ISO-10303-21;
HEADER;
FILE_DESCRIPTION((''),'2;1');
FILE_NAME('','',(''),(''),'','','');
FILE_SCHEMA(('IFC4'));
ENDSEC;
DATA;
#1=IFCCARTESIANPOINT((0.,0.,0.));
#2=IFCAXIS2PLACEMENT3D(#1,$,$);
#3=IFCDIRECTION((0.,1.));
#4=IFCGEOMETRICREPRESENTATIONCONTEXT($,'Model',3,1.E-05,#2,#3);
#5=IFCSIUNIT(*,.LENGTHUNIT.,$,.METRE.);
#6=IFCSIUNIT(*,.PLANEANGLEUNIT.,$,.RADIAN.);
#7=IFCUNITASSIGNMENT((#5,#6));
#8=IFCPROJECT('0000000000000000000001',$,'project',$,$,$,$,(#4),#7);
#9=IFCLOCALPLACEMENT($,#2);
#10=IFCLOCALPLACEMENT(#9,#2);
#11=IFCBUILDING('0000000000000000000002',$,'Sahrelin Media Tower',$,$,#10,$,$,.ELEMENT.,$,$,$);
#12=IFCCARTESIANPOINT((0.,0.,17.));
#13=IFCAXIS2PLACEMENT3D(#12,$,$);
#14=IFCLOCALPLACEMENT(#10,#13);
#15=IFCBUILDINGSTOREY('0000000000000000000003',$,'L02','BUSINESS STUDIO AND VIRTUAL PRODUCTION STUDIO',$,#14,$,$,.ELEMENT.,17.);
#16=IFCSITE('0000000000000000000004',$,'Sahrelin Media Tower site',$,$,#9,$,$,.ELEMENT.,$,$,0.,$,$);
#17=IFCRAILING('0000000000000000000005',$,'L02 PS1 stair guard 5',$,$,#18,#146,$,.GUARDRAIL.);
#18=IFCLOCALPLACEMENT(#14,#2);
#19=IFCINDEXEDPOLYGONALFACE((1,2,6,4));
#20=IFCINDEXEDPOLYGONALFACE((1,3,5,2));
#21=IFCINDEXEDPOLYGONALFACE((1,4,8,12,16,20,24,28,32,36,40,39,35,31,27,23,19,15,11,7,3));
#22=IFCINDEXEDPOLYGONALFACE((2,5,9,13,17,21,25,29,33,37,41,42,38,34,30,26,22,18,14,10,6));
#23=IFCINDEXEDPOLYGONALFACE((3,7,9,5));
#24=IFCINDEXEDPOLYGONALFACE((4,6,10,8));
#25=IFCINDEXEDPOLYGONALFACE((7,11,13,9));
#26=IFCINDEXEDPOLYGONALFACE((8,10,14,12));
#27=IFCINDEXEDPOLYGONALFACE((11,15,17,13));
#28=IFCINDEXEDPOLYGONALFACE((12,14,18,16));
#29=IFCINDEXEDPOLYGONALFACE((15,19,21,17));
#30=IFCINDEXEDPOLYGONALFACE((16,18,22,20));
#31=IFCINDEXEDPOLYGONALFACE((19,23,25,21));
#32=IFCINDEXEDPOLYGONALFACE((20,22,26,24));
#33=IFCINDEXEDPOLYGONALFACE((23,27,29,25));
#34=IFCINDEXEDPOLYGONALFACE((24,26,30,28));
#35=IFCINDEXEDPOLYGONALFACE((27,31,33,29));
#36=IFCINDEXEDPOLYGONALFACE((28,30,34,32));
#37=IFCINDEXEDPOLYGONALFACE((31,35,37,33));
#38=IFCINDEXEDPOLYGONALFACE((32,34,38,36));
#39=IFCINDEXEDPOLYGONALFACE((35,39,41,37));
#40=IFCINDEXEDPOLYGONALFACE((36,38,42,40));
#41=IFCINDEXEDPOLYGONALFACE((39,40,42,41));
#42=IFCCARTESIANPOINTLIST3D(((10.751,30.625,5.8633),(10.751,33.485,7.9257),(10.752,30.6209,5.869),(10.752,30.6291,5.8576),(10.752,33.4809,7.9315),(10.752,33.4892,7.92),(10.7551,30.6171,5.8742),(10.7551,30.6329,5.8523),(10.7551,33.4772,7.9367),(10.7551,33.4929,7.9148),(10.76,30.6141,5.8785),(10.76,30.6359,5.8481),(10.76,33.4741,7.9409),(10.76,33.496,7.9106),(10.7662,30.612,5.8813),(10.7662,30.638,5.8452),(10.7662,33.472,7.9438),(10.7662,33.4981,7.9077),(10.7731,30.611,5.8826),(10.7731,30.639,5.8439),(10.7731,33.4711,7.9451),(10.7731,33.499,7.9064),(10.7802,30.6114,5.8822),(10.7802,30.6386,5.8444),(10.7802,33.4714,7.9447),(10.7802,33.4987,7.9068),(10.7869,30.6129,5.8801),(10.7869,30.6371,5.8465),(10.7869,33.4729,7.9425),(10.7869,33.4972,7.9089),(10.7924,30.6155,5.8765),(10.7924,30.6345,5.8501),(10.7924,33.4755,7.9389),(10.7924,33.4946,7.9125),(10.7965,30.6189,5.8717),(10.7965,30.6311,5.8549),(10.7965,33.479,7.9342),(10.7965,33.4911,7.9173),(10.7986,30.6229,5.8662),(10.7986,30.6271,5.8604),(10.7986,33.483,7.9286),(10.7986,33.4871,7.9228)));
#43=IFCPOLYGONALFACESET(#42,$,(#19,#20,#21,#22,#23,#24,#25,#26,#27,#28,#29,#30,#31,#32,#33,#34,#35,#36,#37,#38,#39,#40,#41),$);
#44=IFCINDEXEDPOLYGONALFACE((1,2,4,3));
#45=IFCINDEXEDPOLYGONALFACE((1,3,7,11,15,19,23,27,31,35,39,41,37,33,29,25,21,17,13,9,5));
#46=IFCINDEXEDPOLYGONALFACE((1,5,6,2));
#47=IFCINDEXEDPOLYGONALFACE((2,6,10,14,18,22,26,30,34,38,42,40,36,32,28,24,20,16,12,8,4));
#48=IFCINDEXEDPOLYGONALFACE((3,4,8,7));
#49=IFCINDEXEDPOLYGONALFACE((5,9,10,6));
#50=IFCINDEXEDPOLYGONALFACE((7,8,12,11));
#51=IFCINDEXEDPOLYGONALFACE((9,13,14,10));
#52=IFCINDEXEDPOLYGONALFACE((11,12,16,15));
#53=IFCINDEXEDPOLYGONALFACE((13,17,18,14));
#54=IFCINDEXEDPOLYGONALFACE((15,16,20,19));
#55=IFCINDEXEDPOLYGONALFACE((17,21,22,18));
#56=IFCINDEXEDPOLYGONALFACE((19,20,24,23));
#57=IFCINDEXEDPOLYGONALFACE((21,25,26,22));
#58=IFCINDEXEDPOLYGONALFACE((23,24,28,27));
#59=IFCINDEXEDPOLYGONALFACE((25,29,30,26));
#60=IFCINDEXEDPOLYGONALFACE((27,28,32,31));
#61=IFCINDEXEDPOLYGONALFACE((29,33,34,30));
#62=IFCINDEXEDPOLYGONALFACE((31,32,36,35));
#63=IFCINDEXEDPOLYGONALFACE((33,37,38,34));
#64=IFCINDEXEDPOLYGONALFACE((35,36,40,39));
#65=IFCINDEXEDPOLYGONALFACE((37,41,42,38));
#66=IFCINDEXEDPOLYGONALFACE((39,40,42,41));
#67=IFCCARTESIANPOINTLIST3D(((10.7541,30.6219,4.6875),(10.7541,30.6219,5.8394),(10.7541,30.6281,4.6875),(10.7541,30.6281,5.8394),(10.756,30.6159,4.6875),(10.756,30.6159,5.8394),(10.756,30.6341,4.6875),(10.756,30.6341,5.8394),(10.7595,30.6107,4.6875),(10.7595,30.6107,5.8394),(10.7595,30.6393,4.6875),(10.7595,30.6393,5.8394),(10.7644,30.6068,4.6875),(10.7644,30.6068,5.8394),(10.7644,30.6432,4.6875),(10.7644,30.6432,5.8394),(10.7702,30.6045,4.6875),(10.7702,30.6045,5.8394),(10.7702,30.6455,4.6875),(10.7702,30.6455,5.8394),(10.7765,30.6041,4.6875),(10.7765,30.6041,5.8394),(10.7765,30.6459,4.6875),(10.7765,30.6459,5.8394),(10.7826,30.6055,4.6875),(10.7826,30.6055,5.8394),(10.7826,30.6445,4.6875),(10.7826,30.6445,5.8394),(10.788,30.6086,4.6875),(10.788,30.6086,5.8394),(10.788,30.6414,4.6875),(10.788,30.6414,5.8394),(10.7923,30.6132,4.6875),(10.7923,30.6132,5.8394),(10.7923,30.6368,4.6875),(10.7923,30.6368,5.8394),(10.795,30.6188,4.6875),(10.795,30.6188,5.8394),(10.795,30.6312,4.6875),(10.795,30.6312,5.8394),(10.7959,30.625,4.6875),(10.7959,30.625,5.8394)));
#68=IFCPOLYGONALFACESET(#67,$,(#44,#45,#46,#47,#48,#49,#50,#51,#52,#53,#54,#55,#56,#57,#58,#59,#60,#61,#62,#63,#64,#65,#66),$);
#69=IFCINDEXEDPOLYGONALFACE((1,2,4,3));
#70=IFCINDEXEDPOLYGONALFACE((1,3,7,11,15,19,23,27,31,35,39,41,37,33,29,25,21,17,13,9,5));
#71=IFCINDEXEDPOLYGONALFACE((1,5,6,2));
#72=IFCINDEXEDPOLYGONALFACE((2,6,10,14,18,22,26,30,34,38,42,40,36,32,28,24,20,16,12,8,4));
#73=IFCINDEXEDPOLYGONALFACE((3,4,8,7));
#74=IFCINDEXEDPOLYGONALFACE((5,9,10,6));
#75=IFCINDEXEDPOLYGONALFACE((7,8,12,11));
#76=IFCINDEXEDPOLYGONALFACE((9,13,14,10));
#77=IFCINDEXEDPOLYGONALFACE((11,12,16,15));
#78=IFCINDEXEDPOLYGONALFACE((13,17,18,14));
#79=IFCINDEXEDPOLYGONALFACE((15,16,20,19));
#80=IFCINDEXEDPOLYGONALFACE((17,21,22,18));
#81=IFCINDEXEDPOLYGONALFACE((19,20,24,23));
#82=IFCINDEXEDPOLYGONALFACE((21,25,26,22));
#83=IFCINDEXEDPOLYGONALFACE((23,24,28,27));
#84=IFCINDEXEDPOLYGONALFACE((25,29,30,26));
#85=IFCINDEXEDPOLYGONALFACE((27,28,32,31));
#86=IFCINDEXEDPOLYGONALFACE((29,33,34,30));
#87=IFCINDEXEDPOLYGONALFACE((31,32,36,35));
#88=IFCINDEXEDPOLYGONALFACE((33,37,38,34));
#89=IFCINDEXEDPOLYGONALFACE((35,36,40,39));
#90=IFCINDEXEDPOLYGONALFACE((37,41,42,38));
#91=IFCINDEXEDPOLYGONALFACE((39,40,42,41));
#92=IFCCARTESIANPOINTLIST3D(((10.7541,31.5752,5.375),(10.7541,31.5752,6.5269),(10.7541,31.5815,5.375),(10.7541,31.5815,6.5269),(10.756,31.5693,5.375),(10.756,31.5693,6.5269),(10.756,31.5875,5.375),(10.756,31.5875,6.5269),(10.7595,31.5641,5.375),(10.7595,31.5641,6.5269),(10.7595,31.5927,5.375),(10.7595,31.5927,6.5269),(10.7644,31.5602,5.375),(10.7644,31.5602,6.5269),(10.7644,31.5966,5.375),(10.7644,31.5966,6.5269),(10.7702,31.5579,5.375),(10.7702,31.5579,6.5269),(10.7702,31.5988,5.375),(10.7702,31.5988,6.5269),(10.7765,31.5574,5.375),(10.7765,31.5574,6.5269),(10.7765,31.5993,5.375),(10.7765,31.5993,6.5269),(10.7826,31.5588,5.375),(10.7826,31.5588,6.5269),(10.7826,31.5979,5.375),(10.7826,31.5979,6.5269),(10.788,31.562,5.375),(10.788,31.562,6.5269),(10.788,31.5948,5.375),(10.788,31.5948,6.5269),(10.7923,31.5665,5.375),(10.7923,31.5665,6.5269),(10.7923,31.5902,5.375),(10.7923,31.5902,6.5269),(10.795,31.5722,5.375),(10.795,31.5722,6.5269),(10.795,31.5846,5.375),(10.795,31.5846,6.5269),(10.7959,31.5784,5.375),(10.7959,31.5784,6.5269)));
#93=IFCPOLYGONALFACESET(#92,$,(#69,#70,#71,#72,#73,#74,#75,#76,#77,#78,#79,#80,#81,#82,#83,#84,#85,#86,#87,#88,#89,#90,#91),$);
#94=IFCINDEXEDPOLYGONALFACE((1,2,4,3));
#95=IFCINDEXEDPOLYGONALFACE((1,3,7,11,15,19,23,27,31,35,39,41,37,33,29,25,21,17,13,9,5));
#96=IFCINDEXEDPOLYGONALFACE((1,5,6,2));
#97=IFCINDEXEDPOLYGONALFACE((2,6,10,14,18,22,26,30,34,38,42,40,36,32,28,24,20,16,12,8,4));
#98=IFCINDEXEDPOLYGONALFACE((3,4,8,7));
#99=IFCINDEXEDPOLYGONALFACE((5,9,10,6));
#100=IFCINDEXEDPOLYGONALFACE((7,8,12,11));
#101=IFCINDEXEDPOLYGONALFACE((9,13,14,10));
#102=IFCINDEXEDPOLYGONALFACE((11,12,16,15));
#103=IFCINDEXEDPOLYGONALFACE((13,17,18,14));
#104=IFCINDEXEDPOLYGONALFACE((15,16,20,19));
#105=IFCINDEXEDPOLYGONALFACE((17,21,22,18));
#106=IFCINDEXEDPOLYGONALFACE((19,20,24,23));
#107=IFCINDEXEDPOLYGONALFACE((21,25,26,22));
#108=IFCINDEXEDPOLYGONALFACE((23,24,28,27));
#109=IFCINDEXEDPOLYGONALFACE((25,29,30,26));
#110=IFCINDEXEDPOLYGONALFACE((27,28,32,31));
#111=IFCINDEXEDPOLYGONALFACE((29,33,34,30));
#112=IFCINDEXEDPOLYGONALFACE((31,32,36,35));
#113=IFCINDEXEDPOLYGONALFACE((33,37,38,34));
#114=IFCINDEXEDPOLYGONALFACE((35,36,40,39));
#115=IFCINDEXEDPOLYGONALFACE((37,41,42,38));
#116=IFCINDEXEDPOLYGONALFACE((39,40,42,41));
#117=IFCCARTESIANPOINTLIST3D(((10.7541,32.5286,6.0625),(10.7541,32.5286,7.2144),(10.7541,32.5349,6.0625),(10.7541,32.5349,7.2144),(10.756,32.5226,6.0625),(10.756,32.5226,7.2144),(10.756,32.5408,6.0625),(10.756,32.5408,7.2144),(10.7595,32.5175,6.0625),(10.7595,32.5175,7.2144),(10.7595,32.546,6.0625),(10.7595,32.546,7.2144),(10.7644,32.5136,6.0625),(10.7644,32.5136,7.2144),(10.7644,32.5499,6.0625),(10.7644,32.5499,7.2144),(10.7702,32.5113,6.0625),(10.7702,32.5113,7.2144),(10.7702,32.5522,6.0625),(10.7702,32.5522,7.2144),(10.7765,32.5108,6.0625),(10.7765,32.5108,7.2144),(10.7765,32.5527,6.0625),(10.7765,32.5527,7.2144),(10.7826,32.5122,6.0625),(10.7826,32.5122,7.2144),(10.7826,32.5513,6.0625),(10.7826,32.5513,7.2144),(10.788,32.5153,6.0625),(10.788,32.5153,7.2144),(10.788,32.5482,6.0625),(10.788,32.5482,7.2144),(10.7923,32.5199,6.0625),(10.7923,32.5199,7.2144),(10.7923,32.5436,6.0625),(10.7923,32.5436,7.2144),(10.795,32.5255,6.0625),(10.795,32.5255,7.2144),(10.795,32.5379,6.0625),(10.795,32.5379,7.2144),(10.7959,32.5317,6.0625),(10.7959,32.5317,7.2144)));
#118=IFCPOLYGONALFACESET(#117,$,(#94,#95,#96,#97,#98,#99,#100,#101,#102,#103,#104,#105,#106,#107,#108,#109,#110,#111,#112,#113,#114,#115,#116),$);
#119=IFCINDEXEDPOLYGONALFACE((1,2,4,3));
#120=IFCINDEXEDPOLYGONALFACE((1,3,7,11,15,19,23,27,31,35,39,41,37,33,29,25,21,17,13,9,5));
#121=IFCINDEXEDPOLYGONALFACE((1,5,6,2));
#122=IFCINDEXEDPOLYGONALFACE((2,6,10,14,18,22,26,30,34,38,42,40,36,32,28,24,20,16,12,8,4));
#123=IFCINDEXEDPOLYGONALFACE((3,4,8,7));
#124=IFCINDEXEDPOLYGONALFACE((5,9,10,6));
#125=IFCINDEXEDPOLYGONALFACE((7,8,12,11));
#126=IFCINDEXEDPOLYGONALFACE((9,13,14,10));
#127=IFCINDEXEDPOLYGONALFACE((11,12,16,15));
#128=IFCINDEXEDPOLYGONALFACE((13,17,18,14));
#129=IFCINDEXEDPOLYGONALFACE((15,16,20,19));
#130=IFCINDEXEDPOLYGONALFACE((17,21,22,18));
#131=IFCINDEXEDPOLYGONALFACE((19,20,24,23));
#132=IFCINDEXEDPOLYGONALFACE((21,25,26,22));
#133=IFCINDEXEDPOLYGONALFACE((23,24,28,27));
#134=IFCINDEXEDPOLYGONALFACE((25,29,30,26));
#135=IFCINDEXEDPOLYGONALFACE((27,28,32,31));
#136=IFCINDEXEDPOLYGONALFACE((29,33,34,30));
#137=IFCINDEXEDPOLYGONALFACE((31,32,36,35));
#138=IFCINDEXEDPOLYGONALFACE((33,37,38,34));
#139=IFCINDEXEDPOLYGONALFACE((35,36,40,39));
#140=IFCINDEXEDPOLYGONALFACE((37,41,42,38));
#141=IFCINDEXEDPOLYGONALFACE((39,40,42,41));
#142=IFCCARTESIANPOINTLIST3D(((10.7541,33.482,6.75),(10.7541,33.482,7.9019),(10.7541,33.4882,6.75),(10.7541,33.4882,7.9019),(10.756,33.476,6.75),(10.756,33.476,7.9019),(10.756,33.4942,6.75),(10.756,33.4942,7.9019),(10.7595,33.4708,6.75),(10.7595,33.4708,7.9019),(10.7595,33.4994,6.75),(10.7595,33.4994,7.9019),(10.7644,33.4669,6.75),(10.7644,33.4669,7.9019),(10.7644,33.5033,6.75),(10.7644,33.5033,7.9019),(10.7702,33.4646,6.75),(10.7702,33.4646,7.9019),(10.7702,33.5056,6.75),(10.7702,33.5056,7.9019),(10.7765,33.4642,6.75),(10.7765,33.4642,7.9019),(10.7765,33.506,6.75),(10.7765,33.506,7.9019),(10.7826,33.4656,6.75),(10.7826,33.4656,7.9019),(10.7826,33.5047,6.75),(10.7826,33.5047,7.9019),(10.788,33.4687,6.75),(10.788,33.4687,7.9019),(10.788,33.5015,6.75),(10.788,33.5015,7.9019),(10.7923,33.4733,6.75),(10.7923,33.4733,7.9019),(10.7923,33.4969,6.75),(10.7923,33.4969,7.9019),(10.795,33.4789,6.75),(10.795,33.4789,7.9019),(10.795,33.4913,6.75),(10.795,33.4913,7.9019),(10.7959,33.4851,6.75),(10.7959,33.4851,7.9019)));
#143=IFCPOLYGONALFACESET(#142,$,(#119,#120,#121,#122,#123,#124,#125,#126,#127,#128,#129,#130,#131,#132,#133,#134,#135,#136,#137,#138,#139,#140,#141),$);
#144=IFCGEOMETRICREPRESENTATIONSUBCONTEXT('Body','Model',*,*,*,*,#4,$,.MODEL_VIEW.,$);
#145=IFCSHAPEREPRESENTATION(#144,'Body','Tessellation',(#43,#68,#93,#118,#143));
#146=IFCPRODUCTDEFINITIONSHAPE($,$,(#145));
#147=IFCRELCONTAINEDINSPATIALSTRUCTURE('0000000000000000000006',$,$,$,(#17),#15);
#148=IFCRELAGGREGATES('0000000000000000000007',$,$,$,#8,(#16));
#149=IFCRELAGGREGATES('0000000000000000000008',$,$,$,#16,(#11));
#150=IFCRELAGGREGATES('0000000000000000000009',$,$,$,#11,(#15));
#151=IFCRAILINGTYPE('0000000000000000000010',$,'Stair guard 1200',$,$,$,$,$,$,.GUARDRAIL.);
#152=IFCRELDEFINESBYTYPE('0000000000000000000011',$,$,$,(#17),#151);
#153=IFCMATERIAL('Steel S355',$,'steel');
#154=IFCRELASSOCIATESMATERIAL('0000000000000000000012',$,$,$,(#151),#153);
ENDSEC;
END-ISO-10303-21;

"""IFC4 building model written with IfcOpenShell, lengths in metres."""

from ifc_helpers import new_model, si_unit, direction, frame, origin, origin_2d, place, context, subcontext, project, spatial, circle, extrude, material, type_object, element, save


model = new_model("IFC4")

# Units and contexts
model_context = context("Model", 3, precision=1e-05, world=origin(), true_north=direction((0.0, 1.0)))
body_context = subcontext(model_context, "Body", "Model", "MODEL_VIEW")
ifc_project = project(units=[si_unit("LENGTHUNIT", "METRE"), si_unit("PLANEANGLEUNIT", "RADIAN")], contexts=[model_context])

# Site, building, storey
site_placement = place(None, origin())
site = spatial("IfcSite", under=ifc_project, at=site_placement, Name="Sahrelin Media Tower site", CompositionType="ELEMENT", RefElevation=0.0)
building_placement = place(site_placement, origin())
building = spatial("IfcBuilding", under=site, at=building_placement, Name="Sahrelin Media Tower", CompositionType="ELEMENT")
storey_placement = place(building_placement, frame((0.0, 0.0, 17.0)))
storey = spatial("IfcBuildingStorey", under=building, at=storey_placement, Name="L02", Description="BUSINESS STUDIO AND VIRTUAL PRODUCTION STUDIO", CompositionType="ELEMENT", Elevation=17.0)

# Shared definitions
ifc_material_1 = material(Name="Steel S355", Category="steel")

# Railing
railing_type_1 = type_object("IfcRailingType", Name="Stair guard 1200", PredefinedType="GUARDRAIL", material=ifc_material_1)
railing_1_placement = place(storey_placement, frame((10.7749, 30.625, 4.6875)))
element("IfcRailing", 1, at=railing_1_placement, inside=storey, type_object=railing_type_1, Name="L02 PS1 stair guard 5", PredefinedType="GUARDRAIL", context=body_context, shape_type="SweptSolid", body=[
    extrude(circle(Radius=0.0239, at=origin_2d()), frame((0.0, 0.0, 1.1758), z_axis=(0.0, 0.811101, 0.584906), x_axis=(-1.0, 0.0, 0.0)), (0.0, 0.0, 1.0), 3.5261),
    extrude(circle(Radius=0.021, at=origin_2d()), origin(), (0.0, 0.0, 1.0), 1.1519),
    extrude(circle(Radius=0.021, at=origin_2d()), frame((0.0, 0.9534, 0.6875)), (0.0, 0.0, 1.0), 1.1519),
    extrude(circle(Radius=0.021, at=origin_2d()), frame((0.0, 1.9067, 1.375)), (0.0, 0.0, 1.0), 1.1519),
    extrude(circle(Radius=0.021, at=origin_2d()), frame((0.0, 2.8601, 2.0625)), (0.0, 0.0, 1.0), 1.1519),
])

save(model, "model.ifc")
